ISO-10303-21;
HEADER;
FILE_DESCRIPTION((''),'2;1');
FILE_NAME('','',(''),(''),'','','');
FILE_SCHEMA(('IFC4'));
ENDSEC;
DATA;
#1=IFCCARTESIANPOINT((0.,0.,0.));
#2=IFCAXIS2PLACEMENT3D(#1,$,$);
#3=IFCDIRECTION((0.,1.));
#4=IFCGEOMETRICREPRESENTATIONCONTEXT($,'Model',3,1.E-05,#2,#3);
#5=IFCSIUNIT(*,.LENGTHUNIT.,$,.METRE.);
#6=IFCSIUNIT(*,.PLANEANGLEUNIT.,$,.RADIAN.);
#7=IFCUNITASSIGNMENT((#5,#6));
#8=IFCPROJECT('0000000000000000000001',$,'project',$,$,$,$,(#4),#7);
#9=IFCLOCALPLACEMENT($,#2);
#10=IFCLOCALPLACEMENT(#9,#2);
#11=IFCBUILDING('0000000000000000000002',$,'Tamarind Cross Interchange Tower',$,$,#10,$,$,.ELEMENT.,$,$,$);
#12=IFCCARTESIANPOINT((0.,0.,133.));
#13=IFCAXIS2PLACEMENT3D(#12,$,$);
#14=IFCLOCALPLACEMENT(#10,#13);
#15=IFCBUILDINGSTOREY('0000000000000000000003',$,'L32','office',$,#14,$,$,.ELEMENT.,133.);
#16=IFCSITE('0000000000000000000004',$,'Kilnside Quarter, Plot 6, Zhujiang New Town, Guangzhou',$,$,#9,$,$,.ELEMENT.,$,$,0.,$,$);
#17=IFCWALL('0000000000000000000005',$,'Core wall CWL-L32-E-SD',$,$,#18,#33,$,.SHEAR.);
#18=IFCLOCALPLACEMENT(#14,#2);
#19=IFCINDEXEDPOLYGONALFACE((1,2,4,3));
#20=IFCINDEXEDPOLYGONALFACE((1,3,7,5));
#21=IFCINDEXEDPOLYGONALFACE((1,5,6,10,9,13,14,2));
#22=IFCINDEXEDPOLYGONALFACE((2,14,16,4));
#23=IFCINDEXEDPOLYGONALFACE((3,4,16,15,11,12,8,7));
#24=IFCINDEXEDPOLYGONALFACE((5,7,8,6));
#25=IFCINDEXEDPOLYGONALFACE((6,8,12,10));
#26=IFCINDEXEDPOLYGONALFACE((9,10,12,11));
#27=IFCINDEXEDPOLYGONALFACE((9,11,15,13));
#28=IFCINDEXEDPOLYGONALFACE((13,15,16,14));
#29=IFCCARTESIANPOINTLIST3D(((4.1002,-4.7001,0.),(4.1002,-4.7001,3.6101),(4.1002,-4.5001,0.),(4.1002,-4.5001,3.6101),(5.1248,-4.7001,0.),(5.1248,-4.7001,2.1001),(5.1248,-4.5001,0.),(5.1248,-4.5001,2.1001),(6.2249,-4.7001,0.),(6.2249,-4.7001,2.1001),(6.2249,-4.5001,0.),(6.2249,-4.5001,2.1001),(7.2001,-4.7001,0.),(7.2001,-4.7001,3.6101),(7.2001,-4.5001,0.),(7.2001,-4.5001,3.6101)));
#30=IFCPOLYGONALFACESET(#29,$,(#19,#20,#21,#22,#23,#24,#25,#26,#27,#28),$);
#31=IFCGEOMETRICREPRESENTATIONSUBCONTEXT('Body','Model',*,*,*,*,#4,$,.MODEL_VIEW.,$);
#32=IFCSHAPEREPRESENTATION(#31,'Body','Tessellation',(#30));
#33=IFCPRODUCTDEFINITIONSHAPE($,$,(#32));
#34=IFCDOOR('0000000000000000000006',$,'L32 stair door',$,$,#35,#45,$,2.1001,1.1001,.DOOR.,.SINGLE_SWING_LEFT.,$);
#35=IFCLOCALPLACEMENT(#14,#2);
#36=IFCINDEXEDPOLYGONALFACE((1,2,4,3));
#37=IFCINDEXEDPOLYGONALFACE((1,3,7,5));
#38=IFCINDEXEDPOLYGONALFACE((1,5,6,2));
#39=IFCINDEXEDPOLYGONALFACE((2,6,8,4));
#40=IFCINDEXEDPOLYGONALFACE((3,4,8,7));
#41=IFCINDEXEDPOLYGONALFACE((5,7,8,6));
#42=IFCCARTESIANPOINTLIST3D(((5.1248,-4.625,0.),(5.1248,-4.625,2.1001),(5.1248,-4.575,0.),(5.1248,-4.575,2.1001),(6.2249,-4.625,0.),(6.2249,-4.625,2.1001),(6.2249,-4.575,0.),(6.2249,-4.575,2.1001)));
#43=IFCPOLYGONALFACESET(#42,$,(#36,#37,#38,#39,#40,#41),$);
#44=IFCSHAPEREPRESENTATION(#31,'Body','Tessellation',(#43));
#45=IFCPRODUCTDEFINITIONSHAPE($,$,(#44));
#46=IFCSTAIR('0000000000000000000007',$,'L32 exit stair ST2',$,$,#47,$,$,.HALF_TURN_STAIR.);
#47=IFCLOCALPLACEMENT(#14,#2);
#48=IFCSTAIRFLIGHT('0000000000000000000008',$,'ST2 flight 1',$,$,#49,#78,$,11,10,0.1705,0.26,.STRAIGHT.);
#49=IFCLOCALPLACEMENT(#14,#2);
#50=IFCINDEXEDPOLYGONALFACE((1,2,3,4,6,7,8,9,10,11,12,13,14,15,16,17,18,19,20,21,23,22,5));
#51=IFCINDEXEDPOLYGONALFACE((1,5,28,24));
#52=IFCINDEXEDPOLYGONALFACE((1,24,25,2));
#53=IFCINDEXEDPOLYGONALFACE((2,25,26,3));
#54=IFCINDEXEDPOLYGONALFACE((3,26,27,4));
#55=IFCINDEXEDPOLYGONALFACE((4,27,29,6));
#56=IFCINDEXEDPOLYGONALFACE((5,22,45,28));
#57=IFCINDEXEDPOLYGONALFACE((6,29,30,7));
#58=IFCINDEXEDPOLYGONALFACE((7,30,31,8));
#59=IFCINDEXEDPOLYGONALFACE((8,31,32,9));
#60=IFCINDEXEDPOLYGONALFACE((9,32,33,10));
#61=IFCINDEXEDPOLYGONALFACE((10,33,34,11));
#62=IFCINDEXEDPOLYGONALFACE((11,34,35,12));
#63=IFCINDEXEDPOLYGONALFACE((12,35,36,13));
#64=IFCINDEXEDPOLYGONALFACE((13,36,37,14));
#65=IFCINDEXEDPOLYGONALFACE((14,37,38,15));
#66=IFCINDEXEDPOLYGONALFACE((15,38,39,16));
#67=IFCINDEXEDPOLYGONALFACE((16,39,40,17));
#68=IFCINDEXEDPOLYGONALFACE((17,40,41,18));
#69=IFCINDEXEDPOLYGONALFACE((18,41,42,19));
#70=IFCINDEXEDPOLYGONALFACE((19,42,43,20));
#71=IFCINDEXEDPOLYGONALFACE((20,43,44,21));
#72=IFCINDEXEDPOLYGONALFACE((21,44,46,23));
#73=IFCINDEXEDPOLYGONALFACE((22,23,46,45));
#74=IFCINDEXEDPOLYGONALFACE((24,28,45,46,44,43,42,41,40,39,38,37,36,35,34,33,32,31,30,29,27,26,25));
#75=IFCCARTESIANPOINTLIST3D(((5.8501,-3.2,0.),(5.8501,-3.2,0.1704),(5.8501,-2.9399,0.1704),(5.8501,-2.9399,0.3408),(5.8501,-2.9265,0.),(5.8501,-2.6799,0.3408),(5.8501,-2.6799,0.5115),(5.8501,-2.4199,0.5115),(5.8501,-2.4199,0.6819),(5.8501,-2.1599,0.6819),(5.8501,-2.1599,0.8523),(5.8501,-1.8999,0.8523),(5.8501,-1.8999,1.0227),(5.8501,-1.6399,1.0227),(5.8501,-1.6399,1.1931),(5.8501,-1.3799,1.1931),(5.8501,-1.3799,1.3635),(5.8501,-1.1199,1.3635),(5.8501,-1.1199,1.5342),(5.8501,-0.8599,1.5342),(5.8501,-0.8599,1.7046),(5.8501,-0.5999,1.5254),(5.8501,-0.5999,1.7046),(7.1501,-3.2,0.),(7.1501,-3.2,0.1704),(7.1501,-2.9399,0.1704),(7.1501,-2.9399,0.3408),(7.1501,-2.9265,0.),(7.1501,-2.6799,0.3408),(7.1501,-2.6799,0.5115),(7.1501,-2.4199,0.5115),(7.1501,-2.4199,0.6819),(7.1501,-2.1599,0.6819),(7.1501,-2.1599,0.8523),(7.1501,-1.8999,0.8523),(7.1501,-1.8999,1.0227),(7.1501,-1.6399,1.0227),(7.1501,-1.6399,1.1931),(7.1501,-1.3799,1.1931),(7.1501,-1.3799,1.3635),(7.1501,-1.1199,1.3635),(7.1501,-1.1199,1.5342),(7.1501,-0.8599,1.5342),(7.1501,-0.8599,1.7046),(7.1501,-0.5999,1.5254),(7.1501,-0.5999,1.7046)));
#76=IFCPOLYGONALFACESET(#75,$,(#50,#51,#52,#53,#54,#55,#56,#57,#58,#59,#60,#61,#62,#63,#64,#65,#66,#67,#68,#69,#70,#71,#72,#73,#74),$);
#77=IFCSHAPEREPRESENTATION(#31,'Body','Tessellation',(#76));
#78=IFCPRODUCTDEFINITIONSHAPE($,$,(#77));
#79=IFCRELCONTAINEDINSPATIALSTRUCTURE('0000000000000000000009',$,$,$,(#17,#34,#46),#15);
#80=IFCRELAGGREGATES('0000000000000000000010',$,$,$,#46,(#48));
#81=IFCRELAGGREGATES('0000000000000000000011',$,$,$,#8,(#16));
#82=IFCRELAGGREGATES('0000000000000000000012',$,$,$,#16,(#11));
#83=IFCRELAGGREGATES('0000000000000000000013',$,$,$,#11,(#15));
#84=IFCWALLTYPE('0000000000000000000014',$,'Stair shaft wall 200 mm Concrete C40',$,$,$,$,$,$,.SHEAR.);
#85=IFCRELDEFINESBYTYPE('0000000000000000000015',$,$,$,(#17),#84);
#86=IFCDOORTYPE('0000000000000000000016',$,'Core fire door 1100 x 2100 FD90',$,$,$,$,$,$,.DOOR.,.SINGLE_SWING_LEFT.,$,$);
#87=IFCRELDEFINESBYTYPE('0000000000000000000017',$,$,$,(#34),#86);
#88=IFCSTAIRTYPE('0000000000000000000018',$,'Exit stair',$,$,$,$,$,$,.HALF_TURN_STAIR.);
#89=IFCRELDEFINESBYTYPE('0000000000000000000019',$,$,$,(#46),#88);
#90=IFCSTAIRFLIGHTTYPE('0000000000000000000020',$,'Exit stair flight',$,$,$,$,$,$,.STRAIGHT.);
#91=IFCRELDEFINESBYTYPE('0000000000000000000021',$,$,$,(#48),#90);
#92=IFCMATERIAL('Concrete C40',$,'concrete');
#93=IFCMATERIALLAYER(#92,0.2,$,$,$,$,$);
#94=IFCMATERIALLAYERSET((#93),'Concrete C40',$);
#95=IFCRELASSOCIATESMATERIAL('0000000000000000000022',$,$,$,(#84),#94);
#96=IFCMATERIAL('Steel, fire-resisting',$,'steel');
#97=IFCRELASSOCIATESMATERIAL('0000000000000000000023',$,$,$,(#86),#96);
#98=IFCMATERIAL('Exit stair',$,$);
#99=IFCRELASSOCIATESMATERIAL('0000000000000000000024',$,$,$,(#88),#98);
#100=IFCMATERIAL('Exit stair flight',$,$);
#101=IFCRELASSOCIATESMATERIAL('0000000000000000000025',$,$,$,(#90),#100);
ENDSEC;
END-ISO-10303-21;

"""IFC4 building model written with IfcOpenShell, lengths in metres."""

from ifc_helpers import new_model, si_unit, direction, frame, frame_2d, origin, place, context, subcontext, project, spatial, polyline, rectangle, outline, extrude, material, layer, layer_set, type_object, element, fill, aggregate, save


model = new_model("IFC4")

# Units and contexts
model_context = context("Model", 3, precision=1e-05, world=origin(), true_north=direction((0.0, 1.0)))
body_context = subcontext(model_context, "Body", "Model", "MODEL_VIEW")
ifc_project = project(units=[si_unit("LENGTHUNIT", "METRE"), si_unit("PLANEANGLEUNIT", "RADIAN")], contexts=[model_context])

# Site, building, storey
site_placement = place(None, origin())
site = spatial("IfcSite", under=ifc_project, at=site_placement, Name="Kilnside Quarter, Plot 6, Zhujiang New Town, Guangzhou", CompositionType="ELEMENT", RefElevation=0.0)
building_placement = place(site_placement, origin())
building = spatial("IfcBuilding", under=site, at=building_placement, Name="Tamarind Cross Interchange Tower", CompositionType="ELEMENT")
storey_placement = place(building_placement, frame((0.0, 0.0, 133.0)))
storey = spatial("IfcBuildingStorey", under=building, at=storey_placement, Name="L32", Description="office", CompositionType="ELEMENT", Elevation=133.0)

# Shared definitions
ifc_material_1 = material(Name="Steel, fire-resisting", Category="steel")

# Wall, opening, door
ifc_material_2 = material(Name="Concrete C40", Category="concrete")
ifc_layer_1 = layer(ifc_material_2, 0.2)
ifc_layer_set_1 = layer_set([ifc_layer_1], Name="Concrete C40")
wall_type_1 = type_object("IfcWallType", Name="Stair shaft wall 200 mm Concrete C40", PredefinedType="SHEAR", material=ifc_layer_set_1)
wall_1_placement = place(storey_placement, frame((7.2, -4.6001, 0.0), z_axis=(0.0, 0.0, 1.0), x_axis=(-1.0, 0.0, 0.0)))
wall_1 = element("IfcWall", 1, at=wall_1_placement, inside=storey, type_object=wall_type_1, Name="Core wall CWL-L32-E-SD", PredefinedType="SHEAR", context=body_context, shape_type="SweptSolid", body=[
    extrude(rectangle(XDim=3.0999, YDim=0.2, at=frame_2d((1.5498, 0.0))), origin(), (0.0, 0.0, 1.0), 3.6101),
])
opening_1_placement = place(wall_1_placement, frame((0.9751, 0.0, 0.0)))
opening_1 = element("IfcOpeningElement", 2, at=opening_1_placement, cuts=wall_1, PredefinedType="OPENING", context=body_context, shape_type="SweptSolid", body=[
    extrude(rectangle(XDim=1.1001, YDim=2.1001, at=frame_2d((0.55, 1.05))), frame((0.0, 0.1099, 0.0), z_axis=(0.0, -1.0, 0.0), x_axis=(1.0, 0.0, 0.0)), (0.0, 0.0, 1.0), 0.22),
])
door_type_1 = type_object("IfcDoorType", Name="Core fire door 1100 x 2100 FD90", OperationType="SINGLE_SWING_LEFT", PredefinedType="DOOR", material=ifc_material_1)
door_1_placement = place(opening_1_placement, origin())
door_1 = element("IfcDoor", 3, at=door_1_placement, inside=storey, type_object=door_type_1, Name="L32 stair door", OperationType="SINGLE_SWING_LEFT", OverallHeight=2.1001, OverallWidth=1.1001, PredefinedType="DOOR", context=body_context, shape_type="SweptSolid", body=[
    extrude(rectangle(XDim=1.1001, YDim=2.1001, at=frame_2d((0.55, 1.05))), frame((0.0, 0.0249, 0.0), z_axis=(0.0, -1.0, 0.0), x_axis=(1.0, 0.0, 0.0)), (0.0, 0.0, 1.0), 0.05),
])
fill(opening_1, door_1)

# Stair, stair flight
ifc_material_3 = material(Name="Exit stair")
stair_type = type_object("IfcStairType", Name="Exit stair", PredefinedType="HALF_TURN_STAIR", material=ifc_material_3)
stair_placement = place(storey_placement, origin())
stair = element("IfcStair", 4, at=stair_placement, inside=storey, type_object=stair_type, Name="L32 exit stair ST2", PredefinedType="HALF_TURN_STAIR")
ifc_material_4 = material(Name="Exit stair flight")
stair_flight_type = type_object("IfcStairFlightType", Name="Exit stair flight", PredefinedType="STRAIGHT", material=ifc_material_4)
stair_flight_placement = place(storey_placement, frame((6.5, -3.2, 0.0), z_axis=(0.0, 0.0, 1.0), x_axis=(0.0, 1.0, 0.0)))
stair_flight = element("IfcStairFlight", 5, at=stair_flight_placement, type_object=stair_flight_type, Name="ST2 flight 1", NumberOfRisers=11, NumberOfTreads=10, PredefinedType="STRAIGHT", RiserHeight=0.1705, TreadLength=0.26, context=body_context, shape_type="SweptSolid", body=[
    extrude(outline(polyline([(0.0, 0.0), (0.0, 0.1704), (0.26, 0.1704), (0.26, 0.3408), (0.52, 0.3408), (0.52, 0.5115), (0.78, 0.5115), (0.78, 0.6819), (1.04, 0.6819), (1.04, 0.8523), (1.3, 0.8523), (1.3, 1.0227), (1.5601, 1.0227), (1.5601, 1.1931), (1.8201, 1.1931), (1.8201, 1.3635), (2.0801, 1.3635), (2.0801, 1.5342), (2.3401, 1.5342), (2.3401, 1.7046), (2.6001, 1.7046), (2.6001, 1.875), (2.6001, 1.5254), (0.2734, 0.0), (0.0, 0.0)])), frame((0.0, 0.6499, 0.0), z_axis=(0.0, -1.0, 0.0), x_axis=(1.0, 0.0, 0.0)), (0.0, 0.0, 1.0), 1.3),
])
aggregate(stair, [stair_flight])

save(model, "model.ifc")
